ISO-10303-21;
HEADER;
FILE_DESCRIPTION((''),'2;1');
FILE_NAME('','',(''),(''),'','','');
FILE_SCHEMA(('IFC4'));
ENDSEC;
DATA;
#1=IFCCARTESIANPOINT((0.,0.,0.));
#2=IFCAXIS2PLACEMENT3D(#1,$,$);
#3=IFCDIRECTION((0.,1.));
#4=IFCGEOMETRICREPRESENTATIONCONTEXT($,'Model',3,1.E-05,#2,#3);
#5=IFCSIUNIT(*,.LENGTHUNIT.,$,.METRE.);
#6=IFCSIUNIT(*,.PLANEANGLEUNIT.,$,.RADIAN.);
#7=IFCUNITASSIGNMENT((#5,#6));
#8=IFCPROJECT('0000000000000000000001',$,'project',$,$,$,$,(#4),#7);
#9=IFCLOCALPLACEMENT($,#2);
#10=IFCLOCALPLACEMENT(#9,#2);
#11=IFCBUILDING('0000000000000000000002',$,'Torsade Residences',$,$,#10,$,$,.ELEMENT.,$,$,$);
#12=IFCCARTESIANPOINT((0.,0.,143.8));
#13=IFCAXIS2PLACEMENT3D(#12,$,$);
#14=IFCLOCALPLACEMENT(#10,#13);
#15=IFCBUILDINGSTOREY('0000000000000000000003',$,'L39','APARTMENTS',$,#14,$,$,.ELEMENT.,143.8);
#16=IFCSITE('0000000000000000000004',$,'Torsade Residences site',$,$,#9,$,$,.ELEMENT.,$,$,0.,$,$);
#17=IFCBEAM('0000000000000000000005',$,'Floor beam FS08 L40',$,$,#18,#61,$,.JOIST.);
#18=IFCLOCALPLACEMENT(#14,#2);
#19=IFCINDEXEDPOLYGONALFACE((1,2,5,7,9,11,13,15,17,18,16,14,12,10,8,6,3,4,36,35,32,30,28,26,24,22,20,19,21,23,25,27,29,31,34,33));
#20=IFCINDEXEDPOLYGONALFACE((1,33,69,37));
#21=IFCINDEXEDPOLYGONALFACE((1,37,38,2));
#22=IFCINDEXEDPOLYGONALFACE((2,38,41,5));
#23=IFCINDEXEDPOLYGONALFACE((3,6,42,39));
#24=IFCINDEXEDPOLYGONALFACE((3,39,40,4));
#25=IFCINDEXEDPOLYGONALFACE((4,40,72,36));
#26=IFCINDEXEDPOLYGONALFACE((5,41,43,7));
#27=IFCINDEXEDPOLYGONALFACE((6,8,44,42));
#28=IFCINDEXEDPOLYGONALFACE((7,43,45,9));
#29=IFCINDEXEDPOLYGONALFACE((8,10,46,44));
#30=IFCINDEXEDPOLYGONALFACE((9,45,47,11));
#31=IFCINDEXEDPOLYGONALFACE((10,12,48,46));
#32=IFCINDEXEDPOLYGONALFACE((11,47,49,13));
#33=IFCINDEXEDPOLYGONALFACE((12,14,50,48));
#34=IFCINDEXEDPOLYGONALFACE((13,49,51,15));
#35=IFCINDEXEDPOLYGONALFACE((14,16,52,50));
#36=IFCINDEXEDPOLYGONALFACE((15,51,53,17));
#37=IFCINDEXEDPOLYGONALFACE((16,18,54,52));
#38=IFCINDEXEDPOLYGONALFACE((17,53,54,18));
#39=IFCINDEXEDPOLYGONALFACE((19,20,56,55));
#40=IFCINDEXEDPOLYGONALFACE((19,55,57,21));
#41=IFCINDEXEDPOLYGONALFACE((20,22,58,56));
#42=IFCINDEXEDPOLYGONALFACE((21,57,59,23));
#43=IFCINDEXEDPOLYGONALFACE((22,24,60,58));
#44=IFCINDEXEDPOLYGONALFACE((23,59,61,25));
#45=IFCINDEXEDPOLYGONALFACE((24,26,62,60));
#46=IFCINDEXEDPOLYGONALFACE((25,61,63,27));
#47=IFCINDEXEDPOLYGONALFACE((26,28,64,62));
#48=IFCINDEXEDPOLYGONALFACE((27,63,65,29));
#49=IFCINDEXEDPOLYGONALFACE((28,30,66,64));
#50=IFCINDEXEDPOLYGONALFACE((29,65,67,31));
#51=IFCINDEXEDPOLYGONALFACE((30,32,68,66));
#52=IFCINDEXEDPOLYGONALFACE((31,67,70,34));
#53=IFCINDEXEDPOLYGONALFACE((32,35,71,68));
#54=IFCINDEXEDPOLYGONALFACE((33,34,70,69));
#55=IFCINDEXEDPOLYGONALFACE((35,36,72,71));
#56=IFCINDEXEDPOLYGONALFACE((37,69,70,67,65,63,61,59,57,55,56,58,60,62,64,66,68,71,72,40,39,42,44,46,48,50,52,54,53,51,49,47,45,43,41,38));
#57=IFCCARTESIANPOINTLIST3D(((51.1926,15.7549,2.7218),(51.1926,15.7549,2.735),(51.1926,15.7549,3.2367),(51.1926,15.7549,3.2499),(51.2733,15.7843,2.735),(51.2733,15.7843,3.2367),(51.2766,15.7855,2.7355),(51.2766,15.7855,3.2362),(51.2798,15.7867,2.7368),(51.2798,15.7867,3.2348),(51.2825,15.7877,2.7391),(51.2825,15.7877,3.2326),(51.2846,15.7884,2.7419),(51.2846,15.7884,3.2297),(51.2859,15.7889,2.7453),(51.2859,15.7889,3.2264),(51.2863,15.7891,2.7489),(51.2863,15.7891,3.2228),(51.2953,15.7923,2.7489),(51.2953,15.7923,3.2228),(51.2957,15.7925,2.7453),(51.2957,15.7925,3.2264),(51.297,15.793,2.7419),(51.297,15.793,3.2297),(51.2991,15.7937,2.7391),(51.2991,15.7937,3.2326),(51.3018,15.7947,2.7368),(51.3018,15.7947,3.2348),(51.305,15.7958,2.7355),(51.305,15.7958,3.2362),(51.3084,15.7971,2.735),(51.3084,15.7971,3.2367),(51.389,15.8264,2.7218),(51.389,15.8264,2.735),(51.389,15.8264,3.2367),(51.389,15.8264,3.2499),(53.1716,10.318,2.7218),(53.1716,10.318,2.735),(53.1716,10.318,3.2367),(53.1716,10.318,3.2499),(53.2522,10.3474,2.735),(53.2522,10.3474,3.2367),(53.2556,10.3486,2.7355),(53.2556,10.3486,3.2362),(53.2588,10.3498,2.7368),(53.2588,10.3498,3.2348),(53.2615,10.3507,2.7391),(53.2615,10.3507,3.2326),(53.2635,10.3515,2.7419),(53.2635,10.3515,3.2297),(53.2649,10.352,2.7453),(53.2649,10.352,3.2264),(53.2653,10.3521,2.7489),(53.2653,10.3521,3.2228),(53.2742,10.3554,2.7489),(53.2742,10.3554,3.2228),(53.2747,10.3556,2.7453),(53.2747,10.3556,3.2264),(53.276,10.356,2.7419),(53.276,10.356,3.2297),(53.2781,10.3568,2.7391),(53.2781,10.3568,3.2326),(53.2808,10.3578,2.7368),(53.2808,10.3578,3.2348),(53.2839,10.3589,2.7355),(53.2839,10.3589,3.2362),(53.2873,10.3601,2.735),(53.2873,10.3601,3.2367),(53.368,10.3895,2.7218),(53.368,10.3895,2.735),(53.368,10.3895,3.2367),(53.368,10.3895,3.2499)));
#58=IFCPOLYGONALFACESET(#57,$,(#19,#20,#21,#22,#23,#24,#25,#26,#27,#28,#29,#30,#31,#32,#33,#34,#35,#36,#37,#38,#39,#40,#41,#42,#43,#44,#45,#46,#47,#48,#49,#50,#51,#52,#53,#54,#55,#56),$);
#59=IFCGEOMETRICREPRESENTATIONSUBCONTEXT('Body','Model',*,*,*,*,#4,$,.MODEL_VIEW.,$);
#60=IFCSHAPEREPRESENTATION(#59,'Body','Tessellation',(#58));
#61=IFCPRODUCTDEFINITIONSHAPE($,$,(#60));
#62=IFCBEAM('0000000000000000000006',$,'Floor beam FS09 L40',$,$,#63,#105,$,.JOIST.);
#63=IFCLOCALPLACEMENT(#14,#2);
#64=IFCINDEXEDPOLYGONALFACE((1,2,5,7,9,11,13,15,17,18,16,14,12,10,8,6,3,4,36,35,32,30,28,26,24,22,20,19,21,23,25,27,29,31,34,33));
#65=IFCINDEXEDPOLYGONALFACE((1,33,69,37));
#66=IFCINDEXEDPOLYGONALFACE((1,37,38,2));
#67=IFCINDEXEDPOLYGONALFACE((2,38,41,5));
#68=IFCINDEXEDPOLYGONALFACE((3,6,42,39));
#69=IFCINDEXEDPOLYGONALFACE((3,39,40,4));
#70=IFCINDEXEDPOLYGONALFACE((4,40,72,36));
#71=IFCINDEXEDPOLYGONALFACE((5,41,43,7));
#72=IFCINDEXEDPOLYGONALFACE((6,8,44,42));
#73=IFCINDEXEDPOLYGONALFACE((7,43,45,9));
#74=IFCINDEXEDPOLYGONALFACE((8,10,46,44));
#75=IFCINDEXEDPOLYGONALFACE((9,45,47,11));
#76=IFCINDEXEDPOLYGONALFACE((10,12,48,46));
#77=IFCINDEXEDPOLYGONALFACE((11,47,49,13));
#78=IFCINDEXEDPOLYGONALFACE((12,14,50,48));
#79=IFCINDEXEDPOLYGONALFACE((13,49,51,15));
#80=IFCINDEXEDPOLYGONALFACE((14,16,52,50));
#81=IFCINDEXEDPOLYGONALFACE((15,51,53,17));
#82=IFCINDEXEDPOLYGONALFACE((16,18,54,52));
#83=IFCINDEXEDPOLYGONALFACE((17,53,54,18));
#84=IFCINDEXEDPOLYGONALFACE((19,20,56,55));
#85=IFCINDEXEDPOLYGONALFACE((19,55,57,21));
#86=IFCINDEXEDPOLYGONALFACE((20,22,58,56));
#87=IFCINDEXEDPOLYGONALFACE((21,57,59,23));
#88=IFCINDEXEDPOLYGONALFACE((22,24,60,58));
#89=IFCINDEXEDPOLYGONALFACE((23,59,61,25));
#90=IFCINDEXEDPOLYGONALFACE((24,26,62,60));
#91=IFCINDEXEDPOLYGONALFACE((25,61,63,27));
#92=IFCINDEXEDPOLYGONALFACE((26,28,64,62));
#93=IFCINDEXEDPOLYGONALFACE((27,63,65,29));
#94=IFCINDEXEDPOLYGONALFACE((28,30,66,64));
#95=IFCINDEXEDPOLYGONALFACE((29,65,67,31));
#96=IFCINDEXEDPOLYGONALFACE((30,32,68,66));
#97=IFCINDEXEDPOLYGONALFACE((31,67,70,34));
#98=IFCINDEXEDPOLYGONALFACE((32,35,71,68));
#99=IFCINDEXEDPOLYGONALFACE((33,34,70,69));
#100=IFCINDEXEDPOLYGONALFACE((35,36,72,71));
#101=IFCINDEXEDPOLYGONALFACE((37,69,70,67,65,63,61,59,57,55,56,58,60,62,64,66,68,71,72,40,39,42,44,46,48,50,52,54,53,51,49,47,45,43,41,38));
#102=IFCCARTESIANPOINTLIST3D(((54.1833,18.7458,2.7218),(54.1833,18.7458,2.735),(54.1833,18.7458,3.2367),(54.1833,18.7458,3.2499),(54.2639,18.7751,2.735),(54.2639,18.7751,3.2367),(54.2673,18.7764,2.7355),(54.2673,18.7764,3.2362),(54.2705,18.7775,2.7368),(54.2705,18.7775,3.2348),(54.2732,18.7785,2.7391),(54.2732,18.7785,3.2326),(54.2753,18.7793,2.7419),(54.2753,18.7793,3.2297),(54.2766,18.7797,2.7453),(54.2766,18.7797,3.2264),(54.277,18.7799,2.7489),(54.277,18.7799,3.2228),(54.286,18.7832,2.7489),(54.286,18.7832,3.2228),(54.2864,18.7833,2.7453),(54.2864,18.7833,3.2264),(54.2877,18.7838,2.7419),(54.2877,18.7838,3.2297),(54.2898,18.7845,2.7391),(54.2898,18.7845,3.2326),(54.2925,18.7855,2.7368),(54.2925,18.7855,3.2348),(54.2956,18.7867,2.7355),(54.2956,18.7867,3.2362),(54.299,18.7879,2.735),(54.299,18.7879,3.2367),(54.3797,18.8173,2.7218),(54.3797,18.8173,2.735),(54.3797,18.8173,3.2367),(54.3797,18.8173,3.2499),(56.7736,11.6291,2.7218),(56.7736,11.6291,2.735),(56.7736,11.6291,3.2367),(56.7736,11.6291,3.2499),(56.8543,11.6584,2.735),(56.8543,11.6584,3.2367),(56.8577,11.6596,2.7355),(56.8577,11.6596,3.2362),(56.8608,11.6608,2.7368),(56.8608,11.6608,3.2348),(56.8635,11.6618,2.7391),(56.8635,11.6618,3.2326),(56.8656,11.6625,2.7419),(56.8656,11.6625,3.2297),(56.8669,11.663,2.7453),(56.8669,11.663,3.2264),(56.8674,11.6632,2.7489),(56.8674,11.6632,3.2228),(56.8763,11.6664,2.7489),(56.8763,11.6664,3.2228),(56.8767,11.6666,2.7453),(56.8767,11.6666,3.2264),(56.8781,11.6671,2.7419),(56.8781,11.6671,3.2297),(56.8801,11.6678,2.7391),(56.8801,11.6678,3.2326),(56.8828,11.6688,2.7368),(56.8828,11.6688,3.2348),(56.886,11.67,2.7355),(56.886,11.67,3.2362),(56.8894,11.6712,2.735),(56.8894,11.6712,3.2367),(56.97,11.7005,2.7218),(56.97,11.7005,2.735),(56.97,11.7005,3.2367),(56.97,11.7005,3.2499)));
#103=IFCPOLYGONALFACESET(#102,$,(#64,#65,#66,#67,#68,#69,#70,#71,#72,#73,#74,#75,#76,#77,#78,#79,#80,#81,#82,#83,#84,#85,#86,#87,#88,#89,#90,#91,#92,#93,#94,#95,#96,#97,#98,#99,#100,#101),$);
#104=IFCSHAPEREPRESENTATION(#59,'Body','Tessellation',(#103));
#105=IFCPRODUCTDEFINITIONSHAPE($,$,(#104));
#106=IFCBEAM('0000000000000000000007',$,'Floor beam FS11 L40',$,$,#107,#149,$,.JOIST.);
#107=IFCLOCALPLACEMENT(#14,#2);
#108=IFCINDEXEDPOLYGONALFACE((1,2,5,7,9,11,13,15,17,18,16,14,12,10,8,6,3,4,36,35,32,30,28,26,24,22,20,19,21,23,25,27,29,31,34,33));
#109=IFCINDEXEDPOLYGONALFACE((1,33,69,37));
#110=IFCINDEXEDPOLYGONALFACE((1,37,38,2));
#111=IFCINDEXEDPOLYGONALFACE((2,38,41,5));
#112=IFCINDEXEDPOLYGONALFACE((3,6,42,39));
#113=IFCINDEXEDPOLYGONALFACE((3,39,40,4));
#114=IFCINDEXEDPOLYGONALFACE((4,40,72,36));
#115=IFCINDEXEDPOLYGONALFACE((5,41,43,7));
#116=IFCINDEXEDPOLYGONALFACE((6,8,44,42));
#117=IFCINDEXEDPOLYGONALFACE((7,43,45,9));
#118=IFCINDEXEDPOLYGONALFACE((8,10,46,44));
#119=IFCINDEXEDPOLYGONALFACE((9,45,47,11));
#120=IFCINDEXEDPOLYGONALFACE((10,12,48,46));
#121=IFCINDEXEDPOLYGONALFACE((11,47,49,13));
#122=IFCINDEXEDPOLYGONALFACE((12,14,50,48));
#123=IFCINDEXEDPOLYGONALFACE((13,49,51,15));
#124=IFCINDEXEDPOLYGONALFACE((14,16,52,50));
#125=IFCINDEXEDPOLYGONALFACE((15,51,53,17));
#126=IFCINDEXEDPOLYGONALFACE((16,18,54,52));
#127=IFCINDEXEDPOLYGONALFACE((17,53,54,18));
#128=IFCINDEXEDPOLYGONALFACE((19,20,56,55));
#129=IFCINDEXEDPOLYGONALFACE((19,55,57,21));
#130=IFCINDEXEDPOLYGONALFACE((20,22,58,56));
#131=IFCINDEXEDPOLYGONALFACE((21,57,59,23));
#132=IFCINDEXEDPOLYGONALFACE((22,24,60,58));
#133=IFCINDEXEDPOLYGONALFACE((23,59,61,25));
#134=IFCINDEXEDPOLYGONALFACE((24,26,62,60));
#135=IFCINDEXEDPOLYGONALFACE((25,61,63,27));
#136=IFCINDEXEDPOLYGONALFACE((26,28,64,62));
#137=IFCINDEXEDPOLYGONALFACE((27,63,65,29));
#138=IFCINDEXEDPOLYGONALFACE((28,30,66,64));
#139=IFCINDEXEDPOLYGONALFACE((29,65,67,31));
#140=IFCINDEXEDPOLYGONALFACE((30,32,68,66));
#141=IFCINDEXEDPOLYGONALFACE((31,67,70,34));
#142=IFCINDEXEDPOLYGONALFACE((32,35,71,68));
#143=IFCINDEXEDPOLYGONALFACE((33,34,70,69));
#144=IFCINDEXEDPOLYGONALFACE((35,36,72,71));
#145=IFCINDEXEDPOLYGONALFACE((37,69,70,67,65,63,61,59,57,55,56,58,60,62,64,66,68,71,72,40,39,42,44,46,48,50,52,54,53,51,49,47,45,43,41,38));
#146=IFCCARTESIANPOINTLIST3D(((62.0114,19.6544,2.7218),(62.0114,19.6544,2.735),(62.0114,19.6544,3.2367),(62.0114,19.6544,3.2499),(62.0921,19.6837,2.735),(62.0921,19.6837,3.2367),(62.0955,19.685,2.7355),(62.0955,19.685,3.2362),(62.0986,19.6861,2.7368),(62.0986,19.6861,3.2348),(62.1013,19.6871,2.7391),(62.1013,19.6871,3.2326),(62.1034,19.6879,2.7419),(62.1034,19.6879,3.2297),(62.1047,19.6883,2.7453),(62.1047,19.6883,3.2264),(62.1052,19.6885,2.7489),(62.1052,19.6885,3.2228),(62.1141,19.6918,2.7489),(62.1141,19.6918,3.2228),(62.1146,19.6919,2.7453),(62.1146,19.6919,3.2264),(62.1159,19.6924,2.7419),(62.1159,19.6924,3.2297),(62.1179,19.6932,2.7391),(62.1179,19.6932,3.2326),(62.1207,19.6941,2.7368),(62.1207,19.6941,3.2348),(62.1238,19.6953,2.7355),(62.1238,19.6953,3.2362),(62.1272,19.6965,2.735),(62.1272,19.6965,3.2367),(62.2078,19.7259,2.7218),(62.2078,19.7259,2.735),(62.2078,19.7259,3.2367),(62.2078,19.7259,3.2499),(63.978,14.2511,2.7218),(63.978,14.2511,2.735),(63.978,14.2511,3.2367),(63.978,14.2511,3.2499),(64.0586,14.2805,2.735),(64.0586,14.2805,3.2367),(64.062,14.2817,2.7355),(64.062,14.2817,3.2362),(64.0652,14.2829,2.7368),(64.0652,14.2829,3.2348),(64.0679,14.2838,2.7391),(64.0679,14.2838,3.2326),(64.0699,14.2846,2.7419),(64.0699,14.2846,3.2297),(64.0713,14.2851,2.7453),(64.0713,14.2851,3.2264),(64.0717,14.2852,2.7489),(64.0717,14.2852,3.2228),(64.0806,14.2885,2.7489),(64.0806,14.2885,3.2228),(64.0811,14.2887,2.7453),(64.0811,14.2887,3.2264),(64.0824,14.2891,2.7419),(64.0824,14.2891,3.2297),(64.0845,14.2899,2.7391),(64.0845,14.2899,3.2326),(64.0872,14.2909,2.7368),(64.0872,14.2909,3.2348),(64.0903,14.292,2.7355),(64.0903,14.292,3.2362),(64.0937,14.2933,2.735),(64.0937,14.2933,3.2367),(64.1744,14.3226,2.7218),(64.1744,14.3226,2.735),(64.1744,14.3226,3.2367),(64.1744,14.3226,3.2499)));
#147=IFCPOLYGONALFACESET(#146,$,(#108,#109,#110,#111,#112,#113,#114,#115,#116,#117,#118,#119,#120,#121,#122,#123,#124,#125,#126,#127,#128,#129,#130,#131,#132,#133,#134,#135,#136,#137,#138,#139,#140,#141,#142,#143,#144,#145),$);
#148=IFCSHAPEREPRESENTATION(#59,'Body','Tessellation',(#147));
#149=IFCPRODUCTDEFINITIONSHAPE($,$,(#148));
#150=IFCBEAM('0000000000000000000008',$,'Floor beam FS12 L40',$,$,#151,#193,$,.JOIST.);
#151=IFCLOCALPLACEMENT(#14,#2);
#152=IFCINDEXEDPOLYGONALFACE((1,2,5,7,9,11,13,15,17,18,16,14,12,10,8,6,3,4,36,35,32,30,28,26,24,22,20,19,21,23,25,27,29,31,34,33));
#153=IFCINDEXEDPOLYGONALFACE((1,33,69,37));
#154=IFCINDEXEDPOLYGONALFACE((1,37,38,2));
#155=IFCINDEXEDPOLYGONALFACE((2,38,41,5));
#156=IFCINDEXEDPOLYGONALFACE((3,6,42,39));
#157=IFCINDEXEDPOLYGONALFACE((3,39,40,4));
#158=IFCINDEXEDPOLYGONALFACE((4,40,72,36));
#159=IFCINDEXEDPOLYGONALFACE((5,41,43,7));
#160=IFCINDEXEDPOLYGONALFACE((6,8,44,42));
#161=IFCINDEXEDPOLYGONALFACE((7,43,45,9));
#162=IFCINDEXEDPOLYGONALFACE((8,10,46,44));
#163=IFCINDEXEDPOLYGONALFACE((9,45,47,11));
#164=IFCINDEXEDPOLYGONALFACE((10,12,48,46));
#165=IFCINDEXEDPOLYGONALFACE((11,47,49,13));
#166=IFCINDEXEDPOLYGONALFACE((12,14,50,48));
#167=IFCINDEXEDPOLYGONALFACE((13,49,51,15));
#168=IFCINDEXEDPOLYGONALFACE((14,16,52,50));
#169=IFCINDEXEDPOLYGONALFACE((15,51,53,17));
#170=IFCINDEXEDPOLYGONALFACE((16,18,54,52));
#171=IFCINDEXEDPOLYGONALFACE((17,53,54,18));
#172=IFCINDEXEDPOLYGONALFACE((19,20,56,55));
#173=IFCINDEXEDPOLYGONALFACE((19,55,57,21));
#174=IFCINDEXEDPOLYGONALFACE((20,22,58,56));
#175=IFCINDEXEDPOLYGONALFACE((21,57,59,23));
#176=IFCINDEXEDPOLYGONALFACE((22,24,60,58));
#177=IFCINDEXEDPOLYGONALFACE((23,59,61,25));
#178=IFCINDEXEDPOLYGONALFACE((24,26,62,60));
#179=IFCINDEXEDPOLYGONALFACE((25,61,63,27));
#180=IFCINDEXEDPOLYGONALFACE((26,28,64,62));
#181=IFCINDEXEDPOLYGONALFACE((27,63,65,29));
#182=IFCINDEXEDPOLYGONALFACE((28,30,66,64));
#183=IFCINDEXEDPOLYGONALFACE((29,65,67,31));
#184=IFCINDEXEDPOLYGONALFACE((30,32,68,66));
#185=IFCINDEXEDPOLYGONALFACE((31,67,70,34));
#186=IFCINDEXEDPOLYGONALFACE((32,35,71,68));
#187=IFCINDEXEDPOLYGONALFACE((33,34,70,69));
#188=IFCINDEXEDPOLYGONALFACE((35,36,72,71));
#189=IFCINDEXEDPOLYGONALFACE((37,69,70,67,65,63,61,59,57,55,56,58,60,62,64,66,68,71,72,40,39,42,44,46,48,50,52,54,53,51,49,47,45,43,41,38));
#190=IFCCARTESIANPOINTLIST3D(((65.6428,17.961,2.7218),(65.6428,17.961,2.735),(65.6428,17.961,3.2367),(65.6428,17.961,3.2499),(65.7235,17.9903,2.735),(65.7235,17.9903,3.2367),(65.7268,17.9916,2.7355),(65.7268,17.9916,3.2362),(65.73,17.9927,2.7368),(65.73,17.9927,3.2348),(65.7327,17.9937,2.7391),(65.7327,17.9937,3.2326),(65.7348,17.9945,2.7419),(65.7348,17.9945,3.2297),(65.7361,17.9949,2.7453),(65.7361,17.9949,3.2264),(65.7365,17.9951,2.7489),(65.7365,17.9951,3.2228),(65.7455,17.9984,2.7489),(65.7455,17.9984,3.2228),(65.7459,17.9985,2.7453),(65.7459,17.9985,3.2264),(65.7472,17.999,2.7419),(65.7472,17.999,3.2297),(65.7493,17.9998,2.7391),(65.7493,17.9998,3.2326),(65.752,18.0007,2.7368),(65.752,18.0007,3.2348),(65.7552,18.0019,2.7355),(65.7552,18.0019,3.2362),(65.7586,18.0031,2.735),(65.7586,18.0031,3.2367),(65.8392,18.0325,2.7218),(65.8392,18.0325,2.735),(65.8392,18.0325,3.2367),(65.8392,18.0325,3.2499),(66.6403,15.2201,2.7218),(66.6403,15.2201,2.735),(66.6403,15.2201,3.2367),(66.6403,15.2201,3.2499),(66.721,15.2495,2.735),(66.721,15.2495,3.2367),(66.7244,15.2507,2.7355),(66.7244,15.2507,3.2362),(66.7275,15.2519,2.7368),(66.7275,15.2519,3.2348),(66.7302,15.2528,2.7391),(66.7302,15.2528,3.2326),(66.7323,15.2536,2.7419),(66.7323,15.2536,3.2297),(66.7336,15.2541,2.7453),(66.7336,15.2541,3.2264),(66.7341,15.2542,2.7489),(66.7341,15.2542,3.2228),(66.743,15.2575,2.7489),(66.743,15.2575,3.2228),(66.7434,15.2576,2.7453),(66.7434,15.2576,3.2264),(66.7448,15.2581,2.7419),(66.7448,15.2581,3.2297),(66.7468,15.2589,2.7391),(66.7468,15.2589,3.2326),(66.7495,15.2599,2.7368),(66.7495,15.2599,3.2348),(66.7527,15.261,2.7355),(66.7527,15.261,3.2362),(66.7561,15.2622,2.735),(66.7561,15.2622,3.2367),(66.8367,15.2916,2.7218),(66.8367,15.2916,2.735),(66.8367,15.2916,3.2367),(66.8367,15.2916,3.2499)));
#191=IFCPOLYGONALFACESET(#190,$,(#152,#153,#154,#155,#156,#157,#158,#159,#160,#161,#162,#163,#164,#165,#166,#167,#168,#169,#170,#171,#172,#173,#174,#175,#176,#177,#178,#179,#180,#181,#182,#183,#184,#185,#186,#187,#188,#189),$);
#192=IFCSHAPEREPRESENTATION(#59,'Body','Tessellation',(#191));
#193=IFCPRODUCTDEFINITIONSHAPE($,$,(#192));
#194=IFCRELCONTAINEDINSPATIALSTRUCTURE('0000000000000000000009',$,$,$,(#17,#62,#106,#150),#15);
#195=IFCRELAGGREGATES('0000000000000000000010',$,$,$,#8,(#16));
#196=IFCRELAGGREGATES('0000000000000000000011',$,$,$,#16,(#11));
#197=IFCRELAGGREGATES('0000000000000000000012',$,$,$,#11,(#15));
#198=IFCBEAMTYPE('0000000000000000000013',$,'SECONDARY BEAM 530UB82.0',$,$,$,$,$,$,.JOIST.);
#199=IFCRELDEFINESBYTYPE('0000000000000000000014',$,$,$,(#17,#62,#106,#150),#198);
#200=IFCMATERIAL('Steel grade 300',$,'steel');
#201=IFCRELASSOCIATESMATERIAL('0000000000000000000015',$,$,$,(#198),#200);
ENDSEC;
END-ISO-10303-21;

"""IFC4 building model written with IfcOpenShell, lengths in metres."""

from ifc_helpers import new_model, si_unit, direction, frame, origin, origin_2d, place, context, subcontext, project, spatial, i_section, extrude, material, material_profile, profile_set, type_object, element, save


model = new_model("IFC4")

# Units and contexts
model_context = context("Model", 3, precision=1e-05, world=origin(), true_north=direction((0.0, 1.0)))
body_context = subcontext(model_context, "Body", "Model", "MODEL_VIEW")
ifc_project = project(units=[si_unit("LENGTHUNIT", "METRE"), si_unit("PLANEANGLEUNIT", "RADIAN")], contexts=[model_context])

# Site, building, storey
site_placement = place(None, origin())
site = spatial("IfcSite", under=ifc_project, at=site_placement, Name="Torsade Residences site", CompositionType="ELEMENT", RefElevation=0.0)
building_placement = place(site_placement, origin())
building = spatial("IfcBuilding", under=site, at=building_placement, Name="Torsade Residences", CompositionType="ELEMENT")
storey_placement = place(building_placement, frame((0.0, 0.0, 143.8)))
storey = spatial("IfcBuildingStorey", under=building, at=storey_placement, Name="L39", Description="APARTMENTS", CompositionType="ELEMENT", Elevation=143.8)

# Beams
ifc_material_1 = material(Name="Steel grade 300", Category="steel")
ifc_material_profile_1 = material_profile(ifc_material_1, i_section(OverallWidth=0.209, OverallDepth=0.5281, WebThickness=0.0095, FlangeThickness=0.0132, FilletRadius=0.0139, at=origin_2d()), Name="530UB82.0")
ifc_profile_set_1 = profile_set([ifc_material_profile_1], Name="Steel grade 300")
beam_type_1 = type_object("IfcBeamType", Name="SECONDARY BEAM 530UB82.0", PredefinedType="JOIST", material=ifc_profile_set_1)
beam_1_placement = place(storey_placement, frame((53.2698, 10.3538, 2.9858), z_axis=(-0.342034, 0.939687, 0.0), x_axis=(-0.939687, -0.342034, 0.0)))
element("IfcBeam", 1, at=beam_1_placement, inside=storey, type_object=beam_type_1, Name="Floor beam FS08 L40", PredefinedType="JOIST", context=body_context, shape_type="SweptSolid", body=[
    extrude(i_section(OverallWidth=0.209, OverallDepth=0.5281, WebThickness=0.0095, FlangeThickness=0.0132, FilletRadius=0.0139, at=origin_2d()), origin(), (0.0, 0.0, 1.0), 5.7859),
])
beam_2_placement = place(storey_placement, frame((56.8718, 11.6648, 2.9858), z_axis=(-0.342028, 0.93969, 0.0), x_axis=(-0.93969, -0.342028, 0.0)))
element("IfcBeam", 2, at=beam_2_placement, inside=storey, type_object=beam_type_1, Name="Floor beam FS09 L40", PredefinedType="JOIST", context=body_context, shape_type="SweptSolid", body=[
    extrude(i_section(OverallWidth=0.209, OverallDepth=0.5281, WebThickness=0.0095, FlangeThickness=0.0132, FilletRadius=0.0139, at=origin_2d()), origin(), (0.0, 0.0, 1.0), 7.5735),
])
beam_3_placement = place(storey_placement, frame((64.0762, 14.2869, 2.9858), z_axis=(-0.342006, 0.939698, 0.0), x_axis=(-0.939698, -0.342006, 0.0)))
element("IfcBeam", 3, at=beam_3_placement, inside=storey, type_object=beam_type_1, Name="Floor beam FS11 L40", PredefinedType="JOIST", context=body_context, shape_type="SweptSolid", body=[
    extrude(i_section(OverallWidth=0.209, OverallDepth=0.5281, WebThickness=0.0095, FlangeThickness=0.0132, FilletRadius=0.0139, at=origin_2d()), origin(), (0.0, 0.0, 1.0), 5.75),
])
beam_4_placement = place(storey_placement, frame((66.7385, 15.2559, 2.9858), z_axis=(-0.341998, 0.939701, 0.0), x_axis=(-0.939701, -0.341998, 0.0)))
element("IfcBeam", 4, at=beam_4_placement, inside=storey, type_object=beam_type_1, Name="Floor beam FS12 L40", PredefinedType="JOIST", context=body_context, shape_type="SweptSolid", body=[
    extrude(i_section(OverallWidth=0.209, OverallDepth=0.5281, WebThickness=0.0095, FlangeThickness=0.0132, FilletRadius=0.0139, at=origin_2d()), origin(), (0.0, 0.0, 1.0), 2.9167),
])

save(model, "model.ifc")
